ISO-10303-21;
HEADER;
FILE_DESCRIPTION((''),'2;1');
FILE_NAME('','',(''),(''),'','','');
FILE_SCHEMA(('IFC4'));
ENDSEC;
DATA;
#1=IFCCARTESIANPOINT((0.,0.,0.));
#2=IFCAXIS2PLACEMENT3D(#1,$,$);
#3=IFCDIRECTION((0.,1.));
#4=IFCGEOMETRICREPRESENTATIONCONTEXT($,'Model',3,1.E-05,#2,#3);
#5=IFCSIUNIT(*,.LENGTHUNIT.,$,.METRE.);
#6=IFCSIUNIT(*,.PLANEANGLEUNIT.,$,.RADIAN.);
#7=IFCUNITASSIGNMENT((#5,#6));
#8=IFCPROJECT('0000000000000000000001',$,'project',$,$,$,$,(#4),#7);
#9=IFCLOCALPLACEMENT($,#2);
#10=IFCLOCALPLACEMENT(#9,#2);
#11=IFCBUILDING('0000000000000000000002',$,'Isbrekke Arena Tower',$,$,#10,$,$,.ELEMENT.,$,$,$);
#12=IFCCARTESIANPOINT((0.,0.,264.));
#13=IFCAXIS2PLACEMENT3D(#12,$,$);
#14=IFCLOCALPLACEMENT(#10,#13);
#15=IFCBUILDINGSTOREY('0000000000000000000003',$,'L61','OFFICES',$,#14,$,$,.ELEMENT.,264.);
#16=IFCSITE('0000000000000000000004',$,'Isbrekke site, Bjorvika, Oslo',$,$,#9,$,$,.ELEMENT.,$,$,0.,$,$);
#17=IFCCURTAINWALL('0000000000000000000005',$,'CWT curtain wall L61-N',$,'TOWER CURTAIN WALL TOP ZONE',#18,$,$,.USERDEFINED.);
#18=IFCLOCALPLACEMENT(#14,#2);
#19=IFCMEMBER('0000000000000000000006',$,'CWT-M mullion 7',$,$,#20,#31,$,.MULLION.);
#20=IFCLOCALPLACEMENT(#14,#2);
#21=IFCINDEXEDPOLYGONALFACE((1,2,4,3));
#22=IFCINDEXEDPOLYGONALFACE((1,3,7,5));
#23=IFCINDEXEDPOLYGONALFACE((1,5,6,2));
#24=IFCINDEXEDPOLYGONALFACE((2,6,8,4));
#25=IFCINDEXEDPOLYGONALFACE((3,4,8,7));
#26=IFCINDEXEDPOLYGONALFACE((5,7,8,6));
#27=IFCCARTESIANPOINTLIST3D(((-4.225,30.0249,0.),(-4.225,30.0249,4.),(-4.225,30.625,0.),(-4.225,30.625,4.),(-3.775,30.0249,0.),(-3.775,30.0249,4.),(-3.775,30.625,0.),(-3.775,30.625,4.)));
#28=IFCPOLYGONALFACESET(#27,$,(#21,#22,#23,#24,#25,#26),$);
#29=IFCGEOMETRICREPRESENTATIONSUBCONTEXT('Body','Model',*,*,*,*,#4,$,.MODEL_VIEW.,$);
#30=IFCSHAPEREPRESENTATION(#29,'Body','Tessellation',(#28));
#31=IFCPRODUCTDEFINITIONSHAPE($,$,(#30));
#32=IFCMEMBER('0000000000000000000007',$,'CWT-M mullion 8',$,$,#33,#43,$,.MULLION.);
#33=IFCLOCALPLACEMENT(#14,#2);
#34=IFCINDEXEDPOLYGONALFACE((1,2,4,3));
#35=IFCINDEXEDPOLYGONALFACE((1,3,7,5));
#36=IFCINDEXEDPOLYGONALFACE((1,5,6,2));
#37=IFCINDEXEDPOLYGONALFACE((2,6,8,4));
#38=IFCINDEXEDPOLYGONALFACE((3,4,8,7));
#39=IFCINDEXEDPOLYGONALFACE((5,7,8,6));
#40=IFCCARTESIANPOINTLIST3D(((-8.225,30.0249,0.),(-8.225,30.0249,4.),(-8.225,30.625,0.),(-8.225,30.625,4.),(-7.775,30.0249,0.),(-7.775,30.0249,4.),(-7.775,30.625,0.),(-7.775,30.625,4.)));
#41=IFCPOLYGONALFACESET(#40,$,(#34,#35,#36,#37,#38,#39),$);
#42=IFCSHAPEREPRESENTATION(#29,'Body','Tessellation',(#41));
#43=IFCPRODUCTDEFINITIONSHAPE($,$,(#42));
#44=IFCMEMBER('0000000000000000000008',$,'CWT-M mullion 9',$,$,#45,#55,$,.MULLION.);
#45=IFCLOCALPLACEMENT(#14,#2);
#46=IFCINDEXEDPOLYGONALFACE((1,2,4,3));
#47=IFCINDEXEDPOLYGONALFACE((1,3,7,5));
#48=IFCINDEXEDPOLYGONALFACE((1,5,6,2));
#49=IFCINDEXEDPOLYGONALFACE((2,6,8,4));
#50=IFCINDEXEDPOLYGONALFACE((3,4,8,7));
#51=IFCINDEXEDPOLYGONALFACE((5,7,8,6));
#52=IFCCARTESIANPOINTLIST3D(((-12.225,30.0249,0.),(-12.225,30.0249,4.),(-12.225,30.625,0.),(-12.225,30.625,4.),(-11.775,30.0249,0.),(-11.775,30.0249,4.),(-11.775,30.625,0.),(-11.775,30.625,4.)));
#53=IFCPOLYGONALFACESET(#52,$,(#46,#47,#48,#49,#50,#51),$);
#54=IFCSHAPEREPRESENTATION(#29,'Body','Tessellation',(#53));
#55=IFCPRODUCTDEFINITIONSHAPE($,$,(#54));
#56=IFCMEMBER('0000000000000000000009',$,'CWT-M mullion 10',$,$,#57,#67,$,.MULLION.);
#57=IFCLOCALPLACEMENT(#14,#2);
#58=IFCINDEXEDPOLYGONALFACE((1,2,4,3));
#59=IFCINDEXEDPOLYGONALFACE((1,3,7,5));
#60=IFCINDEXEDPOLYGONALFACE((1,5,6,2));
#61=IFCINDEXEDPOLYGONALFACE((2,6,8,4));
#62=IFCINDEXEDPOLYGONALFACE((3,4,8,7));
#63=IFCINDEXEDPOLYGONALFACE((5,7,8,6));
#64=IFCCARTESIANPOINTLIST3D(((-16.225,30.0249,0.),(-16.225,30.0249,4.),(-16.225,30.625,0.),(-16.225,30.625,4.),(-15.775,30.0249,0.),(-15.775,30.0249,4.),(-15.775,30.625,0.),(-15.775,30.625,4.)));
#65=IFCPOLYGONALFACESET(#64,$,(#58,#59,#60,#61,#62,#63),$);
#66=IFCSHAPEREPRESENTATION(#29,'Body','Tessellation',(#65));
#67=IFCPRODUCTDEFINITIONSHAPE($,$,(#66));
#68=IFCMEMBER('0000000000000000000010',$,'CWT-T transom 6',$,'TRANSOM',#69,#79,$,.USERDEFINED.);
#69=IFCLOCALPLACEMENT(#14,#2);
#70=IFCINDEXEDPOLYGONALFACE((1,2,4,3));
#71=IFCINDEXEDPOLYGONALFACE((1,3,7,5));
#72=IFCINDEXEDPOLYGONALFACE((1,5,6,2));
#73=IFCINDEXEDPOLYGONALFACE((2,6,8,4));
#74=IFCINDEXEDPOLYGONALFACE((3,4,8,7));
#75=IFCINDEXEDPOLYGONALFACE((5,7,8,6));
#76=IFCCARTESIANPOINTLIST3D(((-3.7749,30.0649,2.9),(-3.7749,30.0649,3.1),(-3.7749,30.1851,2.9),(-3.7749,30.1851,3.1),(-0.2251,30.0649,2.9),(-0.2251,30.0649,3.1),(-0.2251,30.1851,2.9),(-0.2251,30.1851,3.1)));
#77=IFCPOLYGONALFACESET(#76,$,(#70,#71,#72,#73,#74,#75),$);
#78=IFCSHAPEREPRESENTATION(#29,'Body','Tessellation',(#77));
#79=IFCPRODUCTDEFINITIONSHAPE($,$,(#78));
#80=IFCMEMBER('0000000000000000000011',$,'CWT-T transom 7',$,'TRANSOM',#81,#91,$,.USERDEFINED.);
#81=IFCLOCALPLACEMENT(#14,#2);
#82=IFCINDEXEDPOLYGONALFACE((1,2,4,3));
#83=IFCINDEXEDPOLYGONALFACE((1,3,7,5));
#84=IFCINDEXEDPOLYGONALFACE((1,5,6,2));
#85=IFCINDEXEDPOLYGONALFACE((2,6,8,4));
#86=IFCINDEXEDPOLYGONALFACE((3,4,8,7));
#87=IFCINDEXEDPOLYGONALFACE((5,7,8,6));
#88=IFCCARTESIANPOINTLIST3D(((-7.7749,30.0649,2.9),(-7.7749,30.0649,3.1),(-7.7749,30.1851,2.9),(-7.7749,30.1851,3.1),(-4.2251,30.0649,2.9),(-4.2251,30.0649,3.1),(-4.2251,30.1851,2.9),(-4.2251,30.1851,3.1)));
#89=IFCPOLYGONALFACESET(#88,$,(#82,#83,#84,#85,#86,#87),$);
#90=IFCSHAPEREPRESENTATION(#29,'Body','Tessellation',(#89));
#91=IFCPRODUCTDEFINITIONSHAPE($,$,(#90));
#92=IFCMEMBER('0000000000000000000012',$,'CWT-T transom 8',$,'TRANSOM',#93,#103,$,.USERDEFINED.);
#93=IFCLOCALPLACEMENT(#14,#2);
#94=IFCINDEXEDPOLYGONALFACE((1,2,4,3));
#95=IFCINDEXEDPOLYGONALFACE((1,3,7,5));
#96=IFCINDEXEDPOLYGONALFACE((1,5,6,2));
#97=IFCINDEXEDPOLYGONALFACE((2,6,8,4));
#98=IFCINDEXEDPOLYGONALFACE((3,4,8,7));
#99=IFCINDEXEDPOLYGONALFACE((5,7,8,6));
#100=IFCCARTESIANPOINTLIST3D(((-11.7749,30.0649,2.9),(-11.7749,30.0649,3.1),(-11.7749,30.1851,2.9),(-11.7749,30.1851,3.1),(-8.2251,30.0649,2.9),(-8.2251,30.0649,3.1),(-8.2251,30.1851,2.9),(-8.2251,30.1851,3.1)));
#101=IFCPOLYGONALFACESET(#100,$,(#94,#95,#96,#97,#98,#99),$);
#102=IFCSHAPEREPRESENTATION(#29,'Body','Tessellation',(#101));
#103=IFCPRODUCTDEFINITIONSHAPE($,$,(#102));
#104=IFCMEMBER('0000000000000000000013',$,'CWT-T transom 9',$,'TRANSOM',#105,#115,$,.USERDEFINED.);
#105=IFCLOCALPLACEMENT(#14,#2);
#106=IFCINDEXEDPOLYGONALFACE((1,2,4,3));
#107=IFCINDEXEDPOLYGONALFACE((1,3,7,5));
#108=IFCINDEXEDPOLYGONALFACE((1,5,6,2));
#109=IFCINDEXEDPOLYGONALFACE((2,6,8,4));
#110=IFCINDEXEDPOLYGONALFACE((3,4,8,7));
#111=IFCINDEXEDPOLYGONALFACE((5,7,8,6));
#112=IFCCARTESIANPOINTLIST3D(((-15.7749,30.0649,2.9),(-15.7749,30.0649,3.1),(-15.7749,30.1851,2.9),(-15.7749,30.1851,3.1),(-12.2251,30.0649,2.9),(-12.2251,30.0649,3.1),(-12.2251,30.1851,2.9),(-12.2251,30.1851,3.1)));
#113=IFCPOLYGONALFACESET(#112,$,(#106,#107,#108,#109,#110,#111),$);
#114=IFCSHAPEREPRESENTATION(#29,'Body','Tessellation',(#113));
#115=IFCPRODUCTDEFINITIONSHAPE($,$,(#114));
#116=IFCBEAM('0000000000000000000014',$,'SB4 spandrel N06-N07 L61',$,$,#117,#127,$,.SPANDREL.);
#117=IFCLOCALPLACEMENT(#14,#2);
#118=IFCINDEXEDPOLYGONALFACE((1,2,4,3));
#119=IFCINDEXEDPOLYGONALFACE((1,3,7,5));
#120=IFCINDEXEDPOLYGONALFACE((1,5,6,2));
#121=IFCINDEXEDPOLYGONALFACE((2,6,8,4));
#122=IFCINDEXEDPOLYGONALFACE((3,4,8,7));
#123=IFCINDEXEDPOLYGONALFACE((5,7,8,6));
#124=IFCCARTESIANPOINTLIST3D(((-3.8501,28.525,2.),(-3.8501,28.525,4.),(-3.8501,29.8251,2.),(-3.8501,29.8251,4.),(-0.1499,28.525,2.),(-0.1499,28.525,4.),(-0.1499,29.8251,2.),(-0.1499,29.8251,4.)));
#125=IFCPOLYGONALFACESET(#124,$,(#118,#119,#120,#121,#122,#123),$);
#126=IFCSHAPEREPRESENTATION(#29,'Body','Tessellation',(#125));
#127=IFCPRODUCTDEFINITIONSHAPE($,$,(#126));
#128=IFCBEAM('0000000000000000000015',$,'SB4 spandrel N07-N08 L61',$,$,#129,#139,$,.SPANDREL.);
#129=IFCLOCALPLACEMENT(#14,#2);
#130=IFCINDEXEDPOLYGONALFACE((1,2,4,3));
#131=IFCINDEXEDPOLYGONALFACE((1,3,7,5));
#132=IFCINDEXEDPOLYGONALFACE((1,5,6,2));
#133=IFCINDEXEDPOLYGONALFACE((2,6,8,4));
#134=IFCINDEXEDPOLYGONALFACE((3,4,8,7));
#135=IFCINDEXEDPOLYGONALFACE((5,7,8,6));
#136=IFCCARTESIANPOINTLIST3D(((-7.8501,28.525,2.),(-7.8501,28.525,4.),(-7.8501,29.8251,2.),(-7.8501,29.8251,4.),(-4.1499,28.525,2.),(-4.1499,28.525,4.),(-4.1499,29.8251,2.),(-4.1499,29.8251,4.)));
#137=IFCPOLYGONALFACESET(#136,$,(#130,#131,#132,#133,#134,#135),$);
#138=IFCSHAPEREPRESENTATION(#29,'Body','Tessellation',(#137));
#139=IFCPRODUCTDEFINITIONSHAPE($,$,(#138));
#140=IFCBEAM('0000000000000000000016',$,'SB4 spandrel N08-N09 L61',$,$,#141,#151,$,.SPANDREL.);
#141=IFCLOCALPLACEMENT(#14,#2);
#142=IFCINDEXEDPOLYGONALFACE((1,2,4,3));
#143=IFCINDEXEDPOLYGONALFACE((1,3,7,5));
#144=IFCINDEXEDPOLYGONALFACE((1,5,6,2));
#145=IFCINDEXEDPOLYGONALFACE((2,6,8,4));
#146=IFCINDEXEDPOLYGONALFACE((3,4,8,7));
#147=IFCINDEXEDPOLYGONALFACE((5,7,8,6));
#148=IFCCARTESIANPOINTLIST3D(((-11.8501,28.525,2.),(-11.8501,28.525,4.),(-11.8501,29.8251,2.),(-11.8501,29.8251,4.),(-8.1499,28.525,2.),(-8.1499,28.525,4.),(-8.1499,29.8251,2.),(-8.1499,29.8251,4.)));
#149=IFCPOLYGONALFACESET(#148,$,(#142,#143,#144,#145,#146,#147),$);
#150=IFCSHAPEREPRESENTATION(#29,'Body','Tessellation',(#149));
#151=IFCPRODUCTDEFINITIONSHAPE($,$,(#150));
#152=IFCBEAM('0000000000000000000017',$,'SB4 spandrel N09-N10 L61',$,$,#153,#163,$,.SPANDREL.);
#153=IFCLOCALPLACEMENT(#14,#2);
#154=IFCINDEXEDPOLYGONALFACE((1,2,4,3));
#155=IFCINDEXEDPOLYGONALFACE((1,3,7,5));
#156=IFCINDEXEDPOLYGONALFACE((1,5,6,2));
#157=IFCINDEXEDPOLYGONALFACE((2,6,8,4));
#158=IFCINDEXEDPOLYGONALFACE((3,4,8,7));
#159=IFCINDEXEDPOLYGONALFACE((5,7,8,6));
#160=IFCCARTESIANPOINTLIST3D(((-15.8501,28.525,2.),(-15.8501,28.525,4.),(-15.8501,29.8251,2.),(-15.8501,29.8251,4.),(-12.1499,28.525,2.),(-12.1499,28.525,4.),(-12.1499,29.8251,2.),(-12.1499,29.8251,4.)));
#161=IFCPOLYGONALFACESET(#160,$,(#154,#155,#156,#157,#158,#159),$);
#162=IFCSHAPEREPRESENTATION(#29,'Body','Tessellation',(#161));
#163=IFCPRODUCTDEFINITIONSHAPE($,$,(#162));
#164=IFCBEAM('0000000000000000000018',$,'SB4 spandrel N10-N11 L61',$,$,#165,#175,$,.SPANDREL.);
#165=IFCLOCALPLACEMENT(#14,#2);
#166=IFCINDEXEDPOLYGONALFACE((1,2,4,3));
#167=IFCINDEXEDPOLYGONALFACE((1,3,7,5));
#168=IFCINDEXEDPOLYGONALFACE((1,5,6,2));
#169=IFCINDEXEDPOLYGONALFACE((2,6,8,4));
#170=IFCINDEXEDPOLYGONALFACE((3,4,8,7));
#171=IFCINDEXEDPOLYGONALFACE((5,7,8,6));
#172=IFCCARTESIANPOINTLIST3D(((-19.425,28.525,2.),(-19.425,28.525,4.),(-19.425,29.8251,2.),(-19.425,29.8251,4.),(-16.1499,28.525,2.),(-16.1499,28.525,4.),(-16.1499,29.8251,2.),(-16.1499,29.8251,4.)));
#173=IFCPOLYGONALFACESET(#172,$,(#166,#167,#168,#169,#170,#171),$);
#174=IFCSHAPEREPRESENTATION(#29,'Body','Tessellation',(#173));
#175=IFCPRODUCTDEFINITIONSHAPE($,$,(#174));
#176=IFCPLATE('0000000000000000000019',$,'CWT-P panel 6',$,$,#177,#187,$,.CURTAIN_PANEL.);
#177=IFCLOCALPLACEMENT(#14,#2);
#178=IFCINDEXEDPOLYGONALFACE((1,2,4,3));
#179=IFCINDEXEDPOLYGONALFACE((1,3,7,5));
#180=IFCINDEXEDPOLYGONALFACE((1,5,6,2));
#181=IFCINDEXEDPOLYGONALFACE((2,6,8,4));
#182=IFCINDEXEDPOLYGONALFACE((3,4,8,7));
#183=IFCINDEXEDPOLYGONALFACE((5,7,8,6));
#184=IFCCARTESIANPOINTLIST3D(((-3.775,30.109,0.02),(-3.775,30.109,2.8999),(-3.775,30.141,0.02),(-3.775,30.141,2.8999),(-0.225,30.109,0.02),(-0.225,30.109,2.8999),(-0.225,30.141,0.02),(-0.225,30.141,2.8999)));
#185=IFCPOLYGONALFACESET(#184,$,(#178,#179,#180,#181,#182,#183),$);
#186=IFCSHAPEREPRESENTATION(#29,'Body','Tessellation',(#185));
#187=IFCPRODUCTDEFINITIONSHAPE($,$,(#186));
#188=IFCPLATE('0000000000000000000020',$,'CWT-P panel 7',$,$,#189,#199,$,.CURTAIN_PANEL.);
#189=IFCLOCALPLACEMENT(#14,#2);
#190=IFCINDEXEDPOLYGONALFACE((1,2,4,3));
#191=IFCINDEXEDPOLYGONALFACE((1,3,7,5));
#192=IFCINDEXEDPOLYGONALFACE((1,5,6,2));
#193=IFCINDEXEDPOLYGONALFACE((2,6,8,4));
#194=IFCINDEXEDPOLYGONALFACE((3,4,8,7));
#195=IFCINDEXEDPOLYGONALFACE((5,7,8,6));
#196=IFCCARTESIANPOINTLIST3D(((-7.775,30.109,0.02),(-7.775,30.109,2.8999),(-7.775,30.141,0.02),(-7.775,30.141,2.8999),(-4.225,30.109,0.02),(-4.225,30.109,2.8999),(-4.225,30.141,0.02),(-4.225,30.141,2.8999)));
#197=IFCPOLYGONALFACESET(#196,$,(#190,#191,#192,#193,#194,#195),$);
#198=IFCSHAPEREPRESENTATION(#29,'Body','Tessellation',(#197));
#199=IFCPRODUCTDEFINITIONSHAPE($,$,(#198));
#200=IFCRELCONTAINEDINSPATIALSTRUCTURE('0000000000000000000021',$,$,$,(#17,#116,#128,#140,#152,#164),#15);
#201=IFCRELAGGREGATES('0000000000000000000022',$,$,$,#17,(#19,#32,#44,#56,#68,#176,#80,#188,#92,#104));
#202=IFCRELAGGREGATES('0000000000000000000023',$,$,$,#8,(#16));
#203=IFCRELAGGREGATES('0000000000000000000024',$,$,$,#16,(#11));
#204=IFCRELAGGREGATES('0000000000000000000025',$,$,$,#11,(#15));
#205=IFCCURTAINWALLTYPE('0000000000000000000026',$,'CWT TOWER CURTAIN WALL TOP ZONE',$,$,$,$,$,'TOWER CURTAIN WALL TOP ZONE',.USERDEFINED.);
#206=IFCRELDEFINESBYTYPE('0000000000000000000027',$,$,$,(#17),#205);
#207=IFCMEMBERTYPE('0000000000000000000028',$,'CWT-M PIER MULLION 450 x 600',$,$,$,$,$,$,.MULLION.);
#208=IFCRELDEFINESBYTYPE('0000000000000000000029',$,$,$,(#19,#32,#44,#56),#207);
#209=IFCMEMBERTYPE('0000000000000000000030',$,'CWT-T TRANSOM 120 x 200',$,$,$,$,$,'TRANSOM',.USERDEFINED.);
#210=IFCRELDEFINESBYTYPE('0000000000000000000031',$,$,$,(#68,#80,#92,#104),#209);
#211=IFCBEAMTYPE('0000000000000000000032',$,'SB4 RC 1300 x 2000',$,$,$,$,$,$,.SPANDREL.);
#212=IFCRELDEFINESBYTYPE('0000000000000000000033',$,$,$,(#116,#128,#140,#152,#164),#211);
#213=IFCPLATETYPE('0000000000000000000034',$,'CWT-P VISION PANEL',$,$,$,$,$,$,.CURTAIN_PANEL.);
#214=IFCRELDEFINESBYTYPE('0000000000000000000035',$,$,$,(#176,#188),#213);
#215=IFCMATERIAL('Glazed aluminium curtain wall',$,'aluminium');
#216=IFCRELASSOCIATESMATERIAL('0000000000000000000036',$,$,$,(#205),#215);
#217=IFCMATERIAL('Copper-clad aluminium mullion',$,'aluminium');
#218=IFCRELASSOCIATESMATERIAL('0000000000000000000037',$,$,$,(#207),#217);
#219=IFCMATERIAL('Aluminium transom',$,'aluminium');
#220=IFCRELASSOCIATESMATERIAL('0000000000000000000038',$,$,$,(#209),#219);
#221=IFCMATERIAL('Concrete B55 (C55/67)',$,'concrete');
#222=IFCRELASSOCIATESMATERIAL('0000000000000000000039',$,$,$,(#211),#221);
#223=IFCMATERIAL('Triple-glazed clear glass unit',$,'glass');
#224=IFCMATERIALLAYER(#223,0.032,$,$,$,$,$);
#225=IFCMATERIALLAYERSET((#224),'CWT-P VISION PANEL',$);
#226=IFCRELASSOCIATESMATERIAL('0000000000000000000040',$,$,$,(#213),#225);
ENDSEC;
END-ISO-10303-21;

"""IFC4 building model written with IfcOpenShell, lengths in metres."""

from ifc_helpers import new_model, si_unit, direction, frame, origin, origin_2d, place, context, subcontext, project, spatial, rectangle, extrude, material, layer, layer_set, material_profile, profile_set, type_object, element, aggregate, save


model = new_model("IFC4")

# Units and contexts
model_context = context("Model", 3, precision=1e-05, world=origin(), true_north=direction((0.0, 1.0)))
body_context = subcontext(model_context, "Body", "Model", "MODEL_VIEW")
ifc_project = project(units=[si_unit("LENGTHUNIT", "METRE"), si_unit("PLANEANGLEUNIT", "RADIAN")], contexts=[model_context])

# Site, building, storey
site_placement = place(None, origin())
site = spatial("IfcSite", under=ifc_project, at=site_placement, Name="Isbrekke site, Bjorvika, Oslo", CompositionType="ELEMENT", RefElevation=0.0)
building_placement = place(site_placement, origin())
building = spatial("IfcBuilding", under=site, at=building_placement, Name="Isbrekke Arena Tower", CompositionType="ELEMENT")
storey_placement = place(building_placement, frame((0.0, 0.0, 264.0)))
storey = spatial("IfcBuildingStorey", under=building, at=storey_placement, Name="L61", Description="OFFICES", CompositionType="ELEMENT", Elevation=264.0)

# Curtain wall, members
ifc_material_1 = material(Name="Glazed aluminium curtain wall", Category="aluminium")
curtain_wall_type = type_object("IfcCurtainWallType", Name="CWT TOWER CURTAIN WALL TOP ZONE", ElementType="TOWER CURTAIN WALL TOP ZONE", PredefinedType="USERDEFINED", material=ifc_material_1)
curtain_wall_placement = place(storey_placement, origin())
curtain_wall = element("IfcCurtainWall", 1, at=curtain_wall_placement, inside=storey, type_object=curtain_wall_type, Name="CWT curtain wall L61-N", ObjectType="TOWER CURTAIN WALL TOP ZONE", PredefinedType="USERDEFINED")
ifc_material_2 = material(Name="Copper-clad aluminium mullion", Category="aluminium")
ifc_material_profile_1 = material_profile(ifc_material_2, rectangle(XDim=0.45, YDim=0.6001, at=origin_2d()), Name="PIER 450X600")
ifc_profile_set_1 = profile_set([ifc_material_profile_1], Name="Copper-clad aluminium mullion")
member_type_1 = type_object("IfcMemberType", Name="CWT-M PIER MULLION 450 x 600", PredefinedType="MULLION", material=ifc_profile_set_1)
member_1_placement = place(storey_placement, frame((-4.0, 30.325, 0.0), z_axis=(0.0, 0.0, 1.0), x_axis=(-1.0, 0.0, 0.0)))
member_1 = element("IfcMember", 2, at=member_1_placement, type_object=member_type_1, Name="CWT-M mullion 7", PredefinedType="MULLION", context=body_context, shape_type="SweptSolid", body=[
    extrude(rectangle(XDim=0.45, YDim=0.6001, at=origin_2d()), origin(), (0.0, 0.0, 1.0), 4.0),
])
member_2_placement = place(storey_placement, frame((-8.0, 30.325, 0.0), z_axis=(0.0, 0.0, 1.0), x_axis=(-1.0, 0.0, 0.0)))
member_2 = element("IfcMember", 3, at=member_2_placement, type_object=member_type_1, Name="CWT-M mullion 8", PredefinedType="MULLION", context=body_context, shape_type="SweptSolid", body=[
    extrude(rectangle(XDim=0.45, YDim=0.6001, at=origin_2d()), origin(), (0.0, 0.0, 1.0), 4.0),
])
member_3_placement = place(storey_placement, frame((-12.0, 30.325, 0.0), z_axis=(0.0, 0.0, 1.0), x_axis=(-1.0, 0.0, 0.0)))
member_3 = element("IfcMember", 4, at=member_3_placement, type_object=member_type_1, Name="CWT-M mullion 9", PredefinedType="MULLION", context=body_context, shape_type="SweptSolid", body=[
    extrude(rectangle(XDim=0.45, YDim=0.6001, at=origin_2d()), origin(), (0.0, 0.0, 1.0), 4.0),
])
member_4_placement = place(storey_placement, frame((-16.0, 30.325, 0.0), z_axis=(0.0, 0.0, 1.0), x_axis=(-1.0, 0.0, 0.0)))
member_4 = element("IfcMember", 5, at=member_4_placement, type_object=member_type_1, Name="CWT-M mullion 10", PredefinedType="MULLION", context=body_context, shape_type="SweptSolid", body=[
    extrude(rectangle(XDim=0.45, YDim=0.6001, at=origin_2d()), origin(), (0.0, 0.0, 1.0), 4.0),
])
ifc_material_3 = material(Name="Aluminium transom", Category="aluminium")
ifc_material_profile_2 = material_profile(ifc_material_3, rectangle(XDim=0.1201, YDim=0.2, at=origin_2d()), Name="TRANSOM 120X200")
ifc_profile_set_2 = profile_set([ifc_material_profile_2], Name="Aluminium transom")
member_type_2 = type_object("IfcMemberType", Name="CWT-T TRANSOM 120 x 200", ElementType="TRANSOM", PredefinedType="USERDEFINED", material=ifc_profile_set_2)
member_5_placement = place(storey_placement, frame((-0.2251, 30.125, 3.0), z_axis=(-1.0, 0.0, 0.0), x_axis=(0.0, -1.0, 0.0)))
member_5 = element("IfcMember", 6, at=member_5_placement, type_object=member_type_2, Name="CWT-T transom 6", ObjectType="TRANSOM", PredefinedType="USERDEFINED", context=body_context, shape_type="SweptSolid", body=[
    extrude(rectangle(XDim=0.1201, YDim=0.2, at=origin_2d()), origin(), (0.0, 0.0, 1.0), 3.5498),
])
member_6_placement = place(storey_placement, frame((-4.2251, 30.125, 3.0), z_axis=(-1.0, 0.0, 0.0), x_axis=(0.0, -1.0, 0.0)))
member_6 = element("IfcMember", 7, at=member_6_placement, type_object=member_type_2, Name="CWT-T transom 7", ObjectType="TRANSOM", PredefinedType="USERDEFINED", context=body_context, shape_type="SweptSolid", body=[
    extrude(rectangle(XDim=0.1201, YDim=0.2, at=origin_2d()), origin(), (0.0, 0.0, 1.0), 3.5498),
])
member_7_placement = place(storey_placement, frame((-8.2251, 30.125, 3.0), z_axis=(-1.0, 0.0, 0.0), x_axis=(0.0, -1.0, 0.0)))
member_7 = element("IfcMember", 8, at=member_7_placement, type_object=member_type_2, Name="CWT-T transom 8", ObjectType="TRANSOM", PredefinedType="USERDEFINED", context=body_context, shape_type="SweptSolid", body=[
    extrude(rectangle(XDim=0.1201, YDim=0.2, at=origin_2d()), origin(), (0.0, 0.0, 1.0), 3.5498),
])
member_8_placement = place(storey_placement, frame((-12.2251, 30.125, 3.0), z_axis=(-1.0, 0.0, 0.0), x_axis=(0.0, -1.0, 0.0)))
member_8 = element("IfcMember", 9, at=member_8_placement, type_object=member_type_2, Name="CWT-T transom 9", ObjectType="TRANSOM", PredefinedType="USERDEFINED", context=body_context, shape_type="SweptSolid", body=[
    extrude(rectangle(XDim=0.1201, YDim=0.2, at=origin_2d()), origin(), (0.0, 0.0, 1.0), 3.5498),
])

# Beams
ifc_material_4 = material(Name="Concrete B55 (C55/67)", Category="concrete")
ifc_material_profile_3 = material_profile(ifc_material_4, rectangle(XDim=1.3, YDim=2.0, at=origin_2d()), Name="RC 1300x2000")
ifc_profile_set_3 = profile_set([ifc_material_profile_3], Name="Concrete B55 (C55/67)")
beam_type_1 = type_object("IfcBeamType", Name="SB4 RC 1300 x 2000", PredefinedType="SPANDREL", material=ifc_profile_set_3)
for number, where, z_axis, x_axis, name in (
    (10, (-0.1499, 29.175, 3.0), (-1.0, 0.0, 0.0), (0.0, -1.0, 0.0), "SB4 spandrel N06-N07 L61"),
    (11, (-4.1499, 29.175, 3.0), (-1.0, 0.0, 0.0), (0.0, -1.0, 0.0), "SB4 spandrel N07-N08 L61"),
    (12, (-8.1499, 29.175, 3.0), (-1.0, 0.0, 0.0), (0.0, -1.0, 0.0), "SB4 spandrel N08-N09 L61"),
    (13, (-12.1499, 29.175, 3.0), (-1.0, 0.0, 0.0), (0.0, -1.0, 0.0), "SB4 spandrel N09-N10 L61"),
):
    element("IfcBeam", number, at=place(storey_placement, frame(where, z_axis=z_axis, x_axis=x_axis)), inside=storey, type_object=beam_type_1, Name=name, PredefinedType="SPANDREL", context=body_context, shape_type="SweptSolid", body=[
        extrude(rectangle(XDim=1.3, YDim=2.0, at=origin_2d()), origin(), (0.0, 0.0, 1.0), 3.7002),
    ])
beam_1_placement = place(storey_placement, frame((-16.1499, 29.175, 3.0), z_axis=(-1.0, 0.0, 0.0), x_axis=(0.0, -1.0, 0.0)))
element("IfcBeam", 14, at=beam_1_placement, inside=storey, type_object=beam_type_1, Name="SB4 spandrel N10-N11 L61", PredefinedType="SPANDREL", context=body_context, shape_type="SweptSolid", body=[
    extrude(rectangle(XDim=1.3, YDim=2.0, at=origin_2d()), origin(), (0.0, 0.0, 1.0), 3.2751),
])

# Plates
ifc_material_5 = material(Name="Triple-glazed clear glass unit", Category="glass")
ifc_layer = layer(ifc_material_5, 0.032)
ifc_layer_set = layer_set([ifc_layer], Name="CWT-P VISION PANEL")
plate_type = type_object("IfcPlateType", Name="CWT-P VISION PANEL", PredefinedType="CURTAIN_PANEL", material=ifc_layer_set)
plate_1_placement = place(storey_placement, frame((-2.0, 30.125, 0.02), z_axis=(0.0, 0.0, 1.0), x_axis=(-1.0, 0.0, 0.0)))
plate_1 = element("IfcPlate", 15, at=plate_1_placement, type_object=plate_type, Name="CWT-P panel 6", PredefinedType="CURTAIN_PANEL", context=body_context, shape_type="SweptSolid", body=[
    extrude(rectangle(XDim=3.55, YDim=0.032, at=origin_2d()), origin(), (0.0, 0.0, 1.0), 2.8799),
])
plate_2_placement = place(storey_placement, frame((-6.0, 30.125, 0.02), z_axis=(0.0, 0.0, 1.0), x_axis=(-1.0, 0.0, 0.0)))
plate_2 = element("IfcPlate", 16, at=plate_2_placement, type_object=plate_type, Name="CWT-P panel 7", PredefinedType="CURTAIN_PANEL", context=body_context, shape_type="SweptSolid", body=[
    extrude(rectangle(XDim=3.55, YDim=0.032, at=origin_2d()), origin(), (0.0, 0.0, 1.0), 2.8799),
])
aggregate(curtain_wall, [member_1, member_2, member_3, member_4, member_5, plate_1, member_6, plate_2, member_7, member_8])

save(model, "model.ifc")
